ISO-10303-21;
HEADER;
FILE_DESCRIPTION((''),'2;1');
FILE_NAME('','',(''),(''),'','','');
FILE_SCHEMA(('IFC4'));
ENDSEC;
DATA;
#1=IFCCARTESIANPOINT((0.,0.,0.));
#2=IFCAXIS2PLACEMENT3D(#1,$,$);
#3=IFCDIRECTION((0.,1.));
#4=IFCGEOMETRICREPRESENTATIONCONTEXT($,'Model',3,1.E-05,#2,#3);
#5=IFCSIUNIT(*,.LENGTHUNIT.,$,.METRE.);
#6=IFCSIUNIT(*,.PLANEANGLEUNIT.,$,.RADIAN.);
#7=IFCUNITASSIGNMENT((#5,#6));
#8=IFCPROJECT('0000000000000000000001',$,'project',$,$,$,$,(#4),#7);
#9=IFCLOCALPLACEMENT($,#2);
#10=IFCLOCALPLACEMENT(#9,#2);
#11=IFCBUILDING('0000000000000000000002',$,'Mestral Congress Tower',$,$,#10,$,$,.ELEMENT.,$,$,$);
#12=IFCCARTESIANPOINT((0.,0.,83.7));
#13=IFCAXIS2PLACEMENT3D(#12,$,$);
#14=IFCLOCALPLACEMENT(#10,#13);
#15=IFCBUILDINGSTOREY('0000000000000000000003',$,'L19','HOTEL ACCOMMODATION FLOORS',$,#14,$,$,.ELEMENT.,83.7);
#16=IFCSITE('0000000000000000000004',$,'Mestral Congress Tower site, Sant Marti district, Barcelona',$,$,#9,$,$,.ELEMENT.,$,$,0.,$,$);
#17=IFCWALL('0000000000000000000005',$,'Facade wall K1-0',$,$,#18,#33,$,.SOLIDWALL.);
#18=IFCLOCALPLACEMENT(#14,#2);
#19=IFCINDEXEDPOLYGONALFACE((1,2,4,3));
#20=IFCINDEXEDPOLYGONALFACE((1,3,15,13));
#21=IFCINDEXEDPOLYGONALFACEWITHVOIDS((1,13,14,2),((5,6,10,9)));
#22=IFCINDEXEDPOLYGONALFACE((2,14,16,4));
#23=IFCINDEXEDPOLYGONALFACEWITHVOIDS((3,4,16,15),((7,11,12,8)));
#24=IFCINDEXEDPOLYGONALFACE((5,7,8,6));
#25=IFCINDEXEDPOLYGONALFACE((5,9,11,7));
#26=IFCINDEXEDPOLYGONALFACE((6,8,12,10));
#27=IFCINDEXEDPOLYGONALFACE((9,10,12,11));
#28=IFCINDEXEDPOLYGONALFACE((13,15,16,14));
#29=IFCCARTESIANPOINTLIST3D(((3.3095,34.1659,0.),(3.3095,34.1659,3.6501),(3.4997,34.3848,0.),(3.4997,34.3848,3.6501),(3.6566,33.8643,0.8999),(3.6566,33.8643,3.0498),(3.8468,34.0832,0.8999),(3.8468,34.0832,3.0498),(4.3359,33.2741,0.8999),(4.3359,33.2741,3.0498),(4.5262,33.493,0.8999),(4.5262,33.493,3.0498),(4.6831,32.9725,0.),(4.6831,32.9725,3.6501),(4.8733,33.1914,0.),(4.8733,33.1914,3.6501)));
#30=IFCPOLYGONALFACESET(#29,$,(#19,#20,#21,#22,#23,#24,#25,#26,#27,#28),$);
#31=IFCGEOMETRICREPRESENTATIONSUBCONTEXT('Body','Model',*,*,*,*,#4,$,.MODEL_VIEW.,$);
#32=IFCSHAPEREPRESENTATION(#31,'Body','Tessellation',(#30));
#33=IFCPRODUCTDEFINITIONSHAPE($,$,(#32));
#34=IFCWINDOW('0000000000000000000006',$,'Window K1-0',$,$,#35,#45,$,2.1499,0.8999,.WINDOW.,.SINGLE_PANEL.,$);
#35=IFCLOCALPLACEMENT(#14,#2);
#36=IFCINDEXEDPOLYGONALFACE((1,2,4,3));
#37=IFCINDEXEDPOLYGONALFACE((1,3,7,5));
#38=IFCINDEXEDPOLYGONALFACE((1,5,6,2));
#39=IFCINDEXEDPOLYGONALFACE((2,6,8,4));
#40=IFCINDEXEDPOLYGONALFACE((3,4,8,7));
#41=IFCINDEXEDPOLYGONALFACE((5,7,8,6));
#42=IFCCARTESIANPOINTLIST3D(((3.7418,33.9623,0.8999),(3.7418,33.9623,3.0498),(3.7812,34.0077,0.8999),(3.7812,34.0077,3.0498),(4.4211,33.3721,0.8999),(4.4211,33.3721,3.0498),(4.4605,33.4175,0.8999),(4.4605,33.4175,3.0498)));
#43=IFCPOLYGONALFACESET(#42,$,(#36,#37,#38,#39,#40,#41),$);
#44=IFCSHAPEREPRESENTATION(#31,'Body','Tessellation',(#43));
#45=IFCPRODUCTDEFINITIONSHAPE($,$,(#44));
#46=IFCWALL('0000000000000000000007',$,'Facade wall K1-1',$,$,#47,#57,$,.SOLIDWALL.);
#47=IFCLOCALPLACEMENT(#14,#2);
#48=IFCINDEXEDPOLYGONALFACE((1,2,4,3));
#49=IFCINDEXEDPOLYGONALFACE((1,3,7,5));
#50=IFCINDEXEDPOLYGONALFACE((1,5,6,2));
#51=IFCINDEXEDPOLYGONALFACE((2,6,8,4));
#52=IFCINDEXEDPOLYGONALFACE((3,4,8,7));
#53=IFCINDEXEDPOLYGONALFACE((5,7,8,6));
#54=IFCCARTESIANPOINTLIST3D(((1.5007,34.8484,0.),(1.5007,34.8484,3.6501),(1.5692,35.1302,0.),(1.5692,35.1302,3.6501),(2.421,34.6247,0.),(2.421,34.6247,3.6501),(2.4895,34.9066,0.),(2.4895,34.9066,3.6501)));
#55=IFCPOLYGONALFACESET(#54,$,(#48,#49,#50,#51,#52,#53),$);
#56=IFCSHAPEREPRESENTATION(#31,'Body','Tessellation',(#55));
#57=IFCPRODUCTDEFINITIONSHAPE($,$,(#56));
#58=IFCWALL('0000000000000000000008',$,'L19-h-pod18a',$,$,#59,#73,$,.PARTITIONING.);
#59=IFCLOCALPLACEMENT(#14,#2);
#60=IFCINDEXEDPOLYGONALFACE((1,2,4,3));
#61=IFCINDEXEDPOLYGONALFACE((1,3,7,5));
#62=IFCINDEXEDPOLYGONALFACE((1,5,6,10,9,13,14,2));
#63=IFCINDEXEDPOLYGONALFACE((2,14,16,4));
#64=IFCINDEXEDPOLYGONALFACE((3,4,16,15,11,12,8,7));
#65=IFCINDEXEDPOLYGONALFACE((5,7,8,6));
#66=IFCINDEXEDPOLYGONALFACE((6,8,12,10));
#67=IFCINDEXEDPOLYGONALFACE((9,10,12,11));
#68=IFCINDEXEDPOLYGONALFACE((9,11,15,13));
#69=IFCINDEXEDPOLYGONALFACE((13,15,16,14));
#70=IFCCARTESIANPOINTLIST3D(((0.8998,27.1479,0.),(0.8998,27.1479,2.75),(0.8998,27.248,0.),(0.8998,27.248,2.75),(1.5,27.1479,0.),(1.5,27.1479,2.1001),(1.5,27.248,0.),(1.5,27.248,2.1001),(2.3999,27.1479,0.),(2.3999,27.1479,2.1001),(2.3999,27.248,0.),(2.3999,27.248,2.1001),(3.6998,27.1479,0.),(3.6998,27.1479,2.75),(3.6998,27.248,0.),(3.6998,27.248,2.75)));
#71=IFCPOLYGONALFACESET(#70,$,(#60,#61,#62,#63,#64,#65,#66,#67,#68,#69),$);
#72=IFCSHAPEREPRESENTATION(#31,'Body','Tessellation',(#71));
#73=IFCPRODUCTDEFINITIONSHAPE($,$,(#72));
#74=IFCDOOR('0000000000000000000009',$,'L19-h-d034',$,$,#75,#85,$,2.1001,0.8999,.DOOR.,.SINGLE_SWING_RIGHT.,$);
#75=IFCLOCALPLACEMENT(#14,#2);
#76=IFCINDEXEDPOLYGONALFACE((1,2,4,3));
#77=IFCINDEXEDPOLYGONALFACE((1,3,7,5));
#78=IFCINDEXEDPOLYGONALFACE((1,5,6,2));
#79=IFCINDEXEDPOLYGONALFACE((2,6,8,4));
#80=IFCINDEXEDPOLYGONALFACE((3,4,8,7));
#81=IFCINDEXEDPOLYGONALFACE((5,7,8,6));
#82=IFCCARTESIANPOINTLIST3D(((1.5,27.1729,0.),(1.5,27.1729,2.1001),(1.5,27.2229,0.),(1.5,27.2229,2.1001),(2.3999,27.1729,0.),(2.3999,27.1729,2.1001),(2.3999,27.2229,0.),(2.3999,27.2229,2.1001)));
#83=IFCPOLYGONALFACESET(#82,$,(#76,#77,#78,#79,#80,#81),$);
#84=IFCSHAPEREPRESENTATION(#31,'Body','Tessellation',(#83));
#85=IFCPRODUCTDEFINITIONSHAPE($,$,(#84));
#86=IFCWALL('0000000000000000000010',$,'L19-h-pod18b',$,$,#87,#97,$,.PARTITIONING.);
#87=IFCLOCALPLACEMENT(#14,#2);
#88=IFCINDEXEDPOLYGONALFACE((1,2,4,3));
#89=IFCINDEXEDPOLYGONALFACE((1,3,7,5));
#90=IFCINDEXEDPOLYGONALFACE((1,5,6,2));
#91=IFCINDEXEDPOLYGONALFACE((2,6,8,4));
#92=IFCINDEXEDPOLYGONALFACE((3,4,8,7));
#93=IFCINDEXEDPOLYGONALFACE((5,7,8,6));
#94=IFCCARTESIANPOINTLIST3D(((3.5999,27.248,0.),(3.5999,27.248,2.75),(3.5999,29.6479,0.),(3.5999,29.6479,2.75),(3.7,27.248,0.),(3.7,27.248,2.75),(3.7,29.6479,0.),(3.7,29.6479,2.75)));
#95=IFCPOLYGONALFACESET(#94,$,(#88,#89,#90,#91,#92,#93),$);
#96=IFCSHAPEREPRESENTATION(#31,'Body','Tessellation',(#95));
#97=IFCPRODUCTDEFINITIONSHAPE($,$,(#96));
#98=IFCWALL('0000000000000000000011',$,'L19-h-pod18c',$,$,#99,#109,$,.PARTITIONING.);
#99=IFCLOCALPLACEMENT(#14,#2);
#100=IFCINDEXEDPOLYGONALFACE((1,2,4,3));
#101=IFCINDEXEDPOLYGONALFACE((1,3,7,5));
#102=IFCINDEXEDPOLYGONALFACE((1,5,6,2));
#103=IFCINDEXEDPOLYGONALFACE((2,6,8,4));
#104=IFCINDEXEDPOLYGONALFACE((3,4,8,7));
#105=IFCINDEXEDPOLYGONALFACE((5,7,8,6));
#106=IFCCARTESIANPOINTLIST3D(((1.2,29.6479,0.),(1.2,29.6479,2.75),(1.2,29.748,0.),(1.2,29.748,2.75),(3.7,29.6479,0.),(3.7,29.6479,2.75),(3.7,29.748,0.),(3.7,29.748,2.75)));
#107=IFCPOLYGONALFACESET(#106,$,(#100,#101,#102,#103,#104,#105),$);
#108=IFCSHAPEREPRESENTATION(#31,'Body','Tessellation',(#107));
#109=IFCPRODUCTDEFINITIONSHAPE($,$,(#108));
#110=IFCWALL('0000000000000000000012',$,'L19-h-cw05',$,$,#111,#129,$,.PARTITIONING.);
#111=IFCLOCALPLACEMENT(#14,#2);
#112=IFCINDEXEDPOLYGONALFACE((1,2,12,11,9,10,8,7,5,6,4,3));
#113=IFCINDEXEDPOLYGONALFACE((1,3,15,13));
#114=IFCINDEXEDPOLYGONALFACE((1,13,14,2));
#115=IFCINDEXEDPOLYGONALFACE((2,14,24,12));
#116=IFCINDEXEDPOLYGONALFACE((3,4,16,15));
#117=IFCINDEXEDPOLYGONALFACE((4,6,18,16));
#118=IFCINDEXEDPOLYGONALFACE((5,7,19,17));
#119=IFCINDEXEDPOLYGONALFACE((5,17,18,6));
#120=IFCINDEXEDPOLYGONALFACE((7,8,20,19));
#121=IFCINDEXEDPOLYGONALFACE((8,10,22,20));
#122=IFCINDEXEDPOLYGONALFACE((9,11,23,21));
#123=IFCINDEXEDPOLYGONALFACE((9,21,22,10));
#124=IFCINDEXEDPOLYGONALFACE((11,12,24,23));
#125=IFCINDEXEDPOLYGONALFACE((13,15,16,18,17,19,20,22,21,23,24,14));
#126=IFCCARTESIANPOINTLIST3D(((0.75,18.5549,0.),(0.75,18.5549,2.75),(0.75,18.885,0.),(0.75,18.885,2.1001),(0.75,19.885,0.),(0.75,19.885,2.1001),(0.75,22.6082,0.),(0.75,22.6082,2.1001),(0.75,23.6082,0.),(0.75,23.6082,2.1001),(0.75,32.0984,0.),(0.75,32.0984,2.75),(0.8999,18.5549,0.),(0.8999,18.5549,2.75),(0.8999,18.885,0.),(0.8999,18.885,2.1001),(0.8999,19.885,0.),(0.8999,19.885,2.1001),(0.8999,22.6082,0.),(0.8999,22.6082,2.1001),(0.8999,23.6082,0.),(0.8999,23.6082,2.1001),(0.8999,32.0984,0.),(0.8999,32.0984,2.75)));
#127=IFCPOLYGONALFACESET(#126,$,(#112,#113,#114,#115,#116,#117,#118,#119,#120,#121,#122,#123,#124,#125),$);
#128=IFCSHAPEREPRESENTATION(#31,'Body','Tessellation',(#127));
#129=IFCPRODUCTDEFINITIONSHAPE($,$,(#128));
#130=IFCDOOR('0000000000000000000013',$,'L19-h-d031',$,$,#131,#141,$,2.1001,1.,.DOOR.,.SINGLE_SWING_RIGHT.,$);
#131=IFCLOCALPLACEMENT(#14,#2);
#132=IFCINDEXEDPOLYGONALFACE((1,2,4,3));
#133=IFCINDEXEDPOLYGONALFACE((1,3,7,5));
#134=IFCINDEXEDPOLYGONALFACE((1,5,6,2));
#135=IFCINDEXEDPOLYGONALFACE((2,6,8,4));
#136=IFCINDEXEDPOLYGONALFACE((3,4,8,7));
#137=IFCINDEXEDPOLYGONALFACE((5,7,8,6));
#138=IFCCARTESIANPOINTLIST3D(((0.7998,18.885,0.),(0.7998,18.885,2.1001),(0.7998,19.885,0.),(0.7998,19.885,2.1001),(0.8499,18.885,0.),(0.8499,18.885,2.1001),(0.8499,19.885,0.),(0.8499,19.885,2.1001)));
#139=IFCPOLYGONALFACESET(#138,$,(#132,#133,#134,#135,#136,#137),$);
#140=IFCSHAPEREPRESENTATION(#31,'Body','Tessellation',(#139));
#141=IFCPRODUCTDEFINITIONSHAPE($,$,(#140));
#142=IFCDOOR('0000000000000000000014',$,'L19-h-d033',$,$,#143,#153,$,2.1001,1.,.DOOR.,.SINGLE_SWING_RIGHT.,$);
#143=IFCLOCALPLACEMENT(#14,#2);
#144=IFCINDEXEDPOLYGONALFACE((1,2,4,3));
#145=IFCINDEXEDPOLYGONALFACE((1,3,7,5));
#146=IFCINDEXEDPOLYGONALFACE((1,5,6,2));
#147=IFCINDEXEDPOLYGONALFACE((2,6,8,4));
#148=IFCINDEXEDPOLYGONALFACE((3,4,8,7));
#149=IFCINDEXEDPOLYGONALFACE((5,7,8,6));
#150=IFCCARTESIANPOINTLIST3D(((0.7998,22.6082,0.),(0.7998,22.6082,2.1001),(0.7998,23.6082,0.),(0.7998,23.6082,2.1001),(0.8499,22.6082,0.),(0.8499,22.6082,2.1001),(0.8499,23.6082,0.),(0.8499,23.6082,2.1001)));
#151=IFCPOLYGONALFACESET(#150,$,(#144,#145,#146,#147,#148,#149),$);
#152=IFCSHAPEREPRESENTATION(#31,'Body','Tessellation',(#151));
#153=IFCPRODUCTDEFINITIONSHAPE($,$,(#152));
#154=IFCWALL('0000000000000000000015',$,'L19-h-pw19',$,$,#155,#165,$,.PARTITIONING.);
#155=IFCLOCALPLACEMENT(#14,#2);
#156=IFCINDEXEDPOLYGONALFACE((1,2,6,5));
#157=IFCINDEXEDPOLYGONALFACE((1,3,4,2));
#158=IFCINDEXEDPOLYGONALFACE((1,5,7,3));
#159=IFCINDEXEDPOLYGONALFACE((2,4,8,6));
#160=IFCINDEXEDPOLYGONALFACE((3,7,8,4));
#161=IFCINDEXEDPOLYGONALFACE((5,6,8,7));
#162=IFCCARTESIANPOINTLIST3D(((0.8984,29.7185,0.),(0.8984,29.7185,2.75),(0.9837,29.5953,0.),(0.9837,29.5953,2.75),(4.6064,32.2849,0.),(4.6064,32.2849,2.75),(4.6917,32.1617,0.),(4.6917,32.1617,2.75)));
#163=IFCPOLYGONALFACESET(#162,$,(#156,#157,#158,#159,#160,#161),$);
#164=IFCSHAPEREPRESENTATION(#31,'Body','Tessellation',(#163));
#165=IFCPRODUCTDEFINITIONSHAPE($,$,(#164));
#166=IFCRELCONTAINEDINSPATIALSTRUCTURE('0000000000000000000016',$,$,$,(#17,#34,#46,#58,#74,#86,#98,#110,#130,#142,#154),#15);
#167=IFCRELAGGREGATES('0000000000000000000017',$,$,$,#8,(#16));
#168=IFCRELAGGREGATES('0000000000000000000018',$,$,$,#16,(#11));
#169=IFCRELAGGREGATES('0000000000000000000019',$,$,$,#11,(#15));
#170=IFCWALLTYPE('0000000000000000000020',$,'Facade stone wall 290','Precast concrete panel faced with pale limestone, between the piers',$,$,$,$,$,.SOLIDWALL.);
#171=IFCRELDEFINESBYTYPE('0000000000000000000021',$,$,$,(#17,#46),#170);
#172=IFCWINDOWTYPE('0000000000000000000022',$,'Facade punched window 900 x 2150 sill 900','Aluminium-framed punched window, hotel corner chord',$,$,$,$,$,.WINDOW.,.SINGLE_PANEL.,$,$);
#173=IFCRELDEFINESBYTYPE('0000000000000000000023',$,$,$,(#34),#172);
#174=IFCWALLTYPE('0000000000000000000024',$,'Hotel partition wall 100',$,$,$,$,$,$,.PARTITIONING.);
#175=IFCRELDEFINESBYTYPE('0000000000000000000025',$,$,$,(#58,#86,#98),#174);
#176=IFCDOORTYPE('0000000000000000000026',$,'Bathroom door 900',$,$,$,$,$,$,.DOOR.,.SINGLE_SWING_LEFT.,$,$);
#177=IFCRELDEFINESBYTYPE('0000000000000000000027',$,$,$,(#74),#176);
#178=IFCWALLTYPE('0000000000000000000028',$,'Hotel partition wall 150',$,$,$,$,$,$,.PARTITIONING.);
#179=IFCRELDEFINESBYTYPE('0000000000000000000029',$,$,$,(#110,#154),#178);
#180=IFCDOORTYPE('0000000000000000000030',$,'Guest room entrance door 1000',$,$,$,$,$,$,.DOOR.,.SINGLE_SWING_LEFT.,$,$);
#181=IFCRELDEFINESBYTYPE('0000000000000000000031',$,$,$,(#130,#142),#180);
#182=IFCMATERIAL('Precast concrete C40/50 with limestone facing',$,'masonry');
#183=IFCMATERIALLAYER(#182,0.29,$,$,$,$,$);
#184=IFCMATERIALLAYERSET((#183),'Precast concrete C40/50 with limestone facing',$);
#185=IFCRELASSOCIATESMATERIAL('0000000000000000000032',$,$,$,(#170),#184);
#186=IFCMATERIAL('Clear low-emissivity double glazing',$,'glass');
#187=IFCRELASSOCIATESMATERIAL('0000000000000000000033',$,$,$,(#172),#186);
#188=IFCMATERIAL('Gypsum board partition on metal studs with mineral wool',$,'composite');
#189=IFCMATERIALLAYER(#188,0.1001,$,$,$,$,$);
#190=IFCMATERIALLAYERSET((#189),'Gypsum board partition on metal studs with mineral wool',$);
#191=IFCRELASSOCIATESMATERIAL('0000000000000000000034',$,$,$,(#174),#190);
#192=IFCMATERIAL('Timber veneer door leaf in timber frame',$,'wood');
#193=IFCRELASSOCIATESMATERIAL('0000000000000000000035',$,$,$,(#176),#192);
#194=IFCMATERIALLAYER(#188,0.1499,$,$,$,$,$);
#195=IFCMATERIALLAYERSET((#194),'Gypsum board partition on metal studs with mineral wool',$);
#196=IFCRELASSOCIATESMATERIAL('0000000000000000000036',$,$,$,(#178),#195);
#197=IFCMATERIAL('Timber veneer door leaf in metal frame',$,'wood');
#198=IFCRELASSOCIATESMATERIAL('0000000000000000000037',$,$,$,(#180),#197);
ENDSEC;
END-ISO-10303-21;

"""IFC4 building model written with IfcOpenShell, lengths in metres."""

from ifc_helpers import new_model, si_unit, direction, frame, frame_2d, origin, place, context, subcontext, project, spatial, rectangle, extrude, material, layer, layer_set, type_object, element, fill, save


model = new_model("IFC4")

# Units and contexts
model_context = context("Model", 3, precision=1e-05, world=origin(), true_north=direction((0.0, 1.0)))
body_context = subcontext(model_context, "Body", "Model", "MODEL_VIEW")
ifc_project = project(units=[si_unit("LENGTHUNIT", "METRE"), si_unit("PLANEANGLEUNIT", "RADIAN")], contexts=[model_context])

# Site, building, storey
site_placement = place(None, origin())
site = spatial("IfcSite", under=ifc_project, at=site_placement, Name="Mestral Congress Tower site, Sant Marti district, Barcelona", CompositionType="ELEMENT", RefElevation=0.0)
building_placement = place(site_placement, origin())
building = spatial("IfcBuilding", under=site, at=building_placement, Name="Mestral Congress Tower", CompositionType="ELEMENT")
storey_placement = place(building_placement, frame((0.0, 0.0, 83.7)))
storey = spatial("IfcBuildingStorey", under=building, at=storey_placement, Name="L19", Description="HOTEL ACCOMMODATION FLOORS", CompositionType="ELEMENT", Elevation=83.7)

# Shared definitions
ifc_material_1 = material(Name="Precast concrete C40/50 with limestone facing", Category="masonry")
ifc_layer_1 = layer(ifc_material_1, 0.29)
ifc_layer_set_1 = layer_set([ifc_layer_1], Name="Precast concrete C40/50 with limestone facing")
wall_type_1 = type_object("IfcWallType", Name="Facade stone wall 290", Description="Precast concrete panel faced with pale limestone, between the piers", PredefinedType="SOLIDWALL", material=ifc_layer_set_1)
ifc_material_2 = material(Name="Clear low-emissivity double glazing", Category="glass")

# Wall, opening, window
wall_1_placement = place(storey_placement, frame((4.7781, 33.082, 0.0), z_axis=(0.0, 0.0, 1.0), x_axis=(-0.754883, 0.65586, 0.0)))
wall_1 = element("IfcWall", 1, at=wall_1_placement, inside=storey, type_object=wall_type_1, Name="Facade wall K1-0", PredefinedType="SOLIDWALL", context=body_context, shape_type="SweptSolid", body=[
    extrude(rectangle(XDim=1.8196, YDim=0.29, at=frame_2d((0.9097, 0.0))), origin(), (0.0, 0.0, 1.0), 3.6501),
])
opening_1_placement = place(wall_1_placement, frame((0.4597, 0.0, 0.8999)))
opening_1 = element("IfcOpeningElement", 2, at=opening_1_placement, cuts=wall_1, PredefinedType="OPENING", context=body_context, shape_type="SweptSolid", body=[
    extrude(rectangle(XDim=0.8999, YDim=2.1499, at=frame_2d((0.45, 1.075))), frame((0.0, 0.155, 0.0), z_axis=(0.0, -1.0, 0.0), x_axis=(1.0, 0.0, 0.0)), (0.0, 0.0, 1.0), 0.3101),
])
window_type_1 = type_object("IfcWindowType", Name="Facade punched window 900 x 2150 sill 900", Description="Aluminium-framed punched window, hotel corner chord", PartitioningType="SINGLE_PANEL", PredefinedType="WINDOW", material=ifc_material_2)
window_1_placement = place(opening_1_placement, origin())
window_1 = element("IfcWindow", 3, at=window_1_placement, inside=storey, type_object=window_type_1, Name="Window K1-0", OverallHeight=2.1499, OverallWidth=0.8999, PartitioningType="SINGLE_PANEL", PredefinedType="WINDOW", context=body_context, shape_type="SweptSolid", body=[
    extrude(rectangle(XDim=0.8999, YDim=2.1499, at=frame_2d((0.45, 1.075))), frame((0.0, 0.0151, 0.0), z_axis=(0.0, -1.0, 0.0), x_axis=(1.0, 0.0, 0.0)), (0.0, 0.0, 1.0), 0.0601),
])
fill(opening_1, window_1)

# Wall
wall_2_placement = place(storey_placement, frame((2.4553, 34.7656, 0.0), z_axis=(0.0, 0.0, 1.0), x_axis=(-0.971714, 0.236161, 0.0)))
element("IfcWall", 4, at=wall_2_placement, inside=storey, type_object=wall_type_1, Name="Facade wall K1-1", PredefinedType="SOLIDWALL", context=body_context, shape_type="SweptSolid", body=[
    extrude(rectangle(XDim=0.947, YDim=0.29, at=frame_2d((0.4736, 0.0))), origin(), (0.0, 0.0, 1.0), 3.6501),
])

# Wall, opening, door
ifc_material_3 = material(Name="Gypsum board partition on metal studs with mineral wool", Category="composite")
ifc_layer_2 = layer(ifc_material_3, 0.1001)
ifc_layer_set_2 = layer_set([ifc_layer_2], Name="Gypsum board partition on metal studs with mineral wool")
wall_type_2 = type_object("IfcWallType", Name="Hotel partition wall 100", PredefinedType="PARTITIONING", material=ifc_layer_set_2)
wall_3_placement = place(storey_placement, frame((0.8999, 27.198, 0.0), z_axis=(0.0, 0.0, 1.0), x_axis=(1.0, 0.0, 0.0)))
wall_3 = element("IfcWall", 5, at=wall_3_placement, inside=storey, type_object=wall_type_2, Name="L19-h-pod18a", PredefinedType="PARTITIONING", context=body_context, shape_type="SweptSolid", body=[
    extrude(rectangle(XDim=2.8, YDim=0.1001, at=frame_2d((1.3999, 0.0))), origin(), (0.0, 0.0, 1.0), 2.75),
])
opening_2_placement = place(wall_3_placement, frame((0.6001, 0.0, 0.0)))
opening_2 = element("IfcOpeningElement", 6, at=opening_2_placement, cuts=wall_3, PredefinedType="OPENING", context=body_context, shape_type="SweptSolid", body=[
    extrude(rectangle(XDim=0.8999, YDim=2.1001, at=frame_2d((0.45, 1.05))), frame((0.0, 0.0601, 0.0), z_axis=(0.0, -1.0, 0.0), x_axis=(1.0, 0.0, 0.0)), (0.0, 0.0, 1.0), 0.1201),
])
ifc_material_4 = material(Name="Timber veneer door leaf in timber frame", Category="wood")
door_type_1 = type_object("IfcDoorType", Name="Bathroom door 900", OperationType="SINGLE_SWING_LEFT", PredefinedType="DOOR", material=ifc_material_4)
door_1_placement = place(opening_2_placement, origin())
door_1 = element("IfcDoor", 7, at=door_1_placement, inside=storey, type_object=door_type_1, Name="L19-h-d034", OperationType="SINGLE_SWING_RIGHT", OverallHeight=2.1001, OverallWidth=0.8999, PredefinedType="DOOR", context=body_context, shape_type="SweptSolid", body=[
    extrude(rectangle(XDim=0.8999, YDim=2.1001, at=frame_2d((0.45, 1.05))), frame((0.0, 0.0249, 0.0), z_axis=(0.0, -1.0, 0.0), x_axis=(1.0, 0.0, 0.0)), (0.0, 0.0, 1.0), 0.05),
])
fill(opening_2, door_1)

# Walls
wall_4_placement = place(storey_placement, frame((3.6499, 27.248, 0.0), z_axis=(0.0, 0.0, 1.0), x_axis=(0.0, 1.0, 0.0)))
element("IfcWall", 8, at=wall_4_placement, inside=storey, type_object=wall_type_2, Name="L19-h-pod18b", PredefinedType="PARTITIONING", context=body_context, shape_type="SweptSolid", body=[
    extrude(rectangle(XDim=2.3999, YDim=0.1001, at=frame_2d((1.2, 0.0))), origin(), (0.0, 0.0, 1.0), 2.75),
])
wall_5_placement = place(storey_placement, frame((1.2, 29.698, 0.0), z_axis=(0.0, 0.0, 1.0), x_axis=(1.0, 0.0, 0.0)))
element("IfcWall", 9, at=wall_5_placement, inside=storey, type_object=wall_type_2, Name="L19-h-pod18c", PredefinedType="PARTITIONING", context=body_context, shape_type="SweptSolid", body=[
    extrude(rectangle(XDim=2.5, YDim=0.1001, at=frame_2d((1.25, 0.0))), origin(), (0.0, 0.0, 1.0), 2.75),
])

# Wall, openings, doors
ifc_layer_3 = layer(ifc_material_3, 0.1499)
ifc_layer_set_3 = layer_set([ifc_layer_3], Name="Gypsum board partition on metal studs with mineral wool")
wall_type_3 = type_object("IfcWallType", Name="Hotel partition wall 150", PredefinedType="PARTITIONING", material=ifc_layer_set_3)
wall_6_placement = place(storey_placement, frame((0.825, 32.0984, 0.0), z_axis=(0.0, 0.0, 1.0), x_axis=(0.0, -1.0, 0.0)))
wall_6 = element("IfcWall", 10, at=wall_6_placement, inside=storey, type_object=wall_type_3, Name="L19-h-cw05", PredefinedType="PARTITIONING", context=body_context, shape_type="SweptSolid", body=[
    extrude(rectangle(XDim=13.5435, YDim=0.1499, at=frame_2d((6.7717, 0.0))), origin(), (0.0, 0.0, 1.0), 2.75),
])
opening_3_placement = place(wall_6_placement, frame((12.2134, 0.0, 0.0)))
opening_3 = element("IfcOpeningElement", 11, at=opening_3_placement, cuts=wall_6, PredefinedType="OPENING", context=body_context, shape_type="SweptSolid", body=[
    extrude(rectangle(XDim=1.0, YDim=2.1001, at=frame_2d((0.5, 1.05))), frame((0.0, 0.085, 0.0), z_axis=(0.0, -1.0, 0.0), x_axis=(1.0, 0.0, 0.0)), (0.0, 0.0, 1.0), 0.1699),
])
opening_4_placement = place(wall_6_placement, frame((8.4902, 0.0, 0.0)))
opening_4 = element("IfcOpeningElement", 12, at=opening_4_placement, cuts=wall_6, PredefinedType="OPENING", context=body_context, shape_type="SweptSolid", body=[
    extrude(rectangle(XDim=1.0, YDim=2.1001, at=frame_2d((0.5, 1.05))), frame((0.0, 0.085, 0.0), z_axis=(0.0, -1.0, 0.0), x_axis=(1.0, 0.0, 0.0)), (0.0, 0.0, 1.0), 0.1699),
])
ifc_material_5 = material(Name="Timber veneer door leaf in metal frame", Category="wood")
door_type_2 = type_object("IfcDoorType", Name="Guest room entrance door 1000", OperationType="SINGLE_SWING_LEFT", PredefinedType="DOOR", material=ifc_material_5)
door_2_placement = place(opening_3_placement, origin())
door_2 = element("IfcDoor", 13, at=door_2_placement, inside=storey, type_object=door_type_2, Name="L19-h-d031", OperationType="SINGLE_SWING_RIGHT", OverallHeight=2.1001, OverallWidth=1.0, PredefinedType="DOOR", context=body_context, shape_type="SweptSolid", body=[
    extrude(rectangle(XDim=1.0, YDim=2.1001, at=frame_2d((0.5, 1.05))), frame((0.0, 0.0249, 0.0), z_axis=(0.0, -1.0, 0.0), x_axis=(1.0, 0.0, 0.0)), (0.0, 0.0, 1.0), 0.05),
])
fill(opening_3, door_2)
door_3_placement = place(opening_4_placement, origin())
door_3 = element("IfcDoor", 14, at=door_3_placement, inside=storey, type_object=door_type_2, Name="L19-h-d033", OperationType="SINGLE_SWING_RIGHT", OverallHeight=2.1001, OverallWidth=1.0, PredefinedType="DOOR", context=body_context, shape_type="SweptSolid", body=[
    extrude(rectangle(XDim=1.0, YDim=2.1001, at=frame_2d((0.5, 1.05))), frame((0.0, 0.0249, 0.0), z_axis=(0.0, -1.0, 0.0), x_axis=(1.0, 0.0, 0.0)), (0.0, 0.0, 1.0), 0.05),
])
fill(opening_4, door_3)

# Wall
wall_7_placement = place(storey_placement, frame((4.6492, 32.2234, 0.0), z_axis=(0.0, 0.0, 1.0), x_axis=(-0.822262, -0.569109, 0.0)))
element("IfcWall", 15, at=wall_7_placement, inside=storey, type_object=wall_type_3, Name="L19-h-pw19", PredefinedType="PARTITIONING", context=body_context, shape_type="SweptSolid", body=[
    extrude(rectangle(XDim=4.5095, YDim=0.1499, at=frame_2d((2.2549, 0.0))), origin(), (0.0, 0.0, 1.0), 2.75),
])

save(model, "model.ifc")
